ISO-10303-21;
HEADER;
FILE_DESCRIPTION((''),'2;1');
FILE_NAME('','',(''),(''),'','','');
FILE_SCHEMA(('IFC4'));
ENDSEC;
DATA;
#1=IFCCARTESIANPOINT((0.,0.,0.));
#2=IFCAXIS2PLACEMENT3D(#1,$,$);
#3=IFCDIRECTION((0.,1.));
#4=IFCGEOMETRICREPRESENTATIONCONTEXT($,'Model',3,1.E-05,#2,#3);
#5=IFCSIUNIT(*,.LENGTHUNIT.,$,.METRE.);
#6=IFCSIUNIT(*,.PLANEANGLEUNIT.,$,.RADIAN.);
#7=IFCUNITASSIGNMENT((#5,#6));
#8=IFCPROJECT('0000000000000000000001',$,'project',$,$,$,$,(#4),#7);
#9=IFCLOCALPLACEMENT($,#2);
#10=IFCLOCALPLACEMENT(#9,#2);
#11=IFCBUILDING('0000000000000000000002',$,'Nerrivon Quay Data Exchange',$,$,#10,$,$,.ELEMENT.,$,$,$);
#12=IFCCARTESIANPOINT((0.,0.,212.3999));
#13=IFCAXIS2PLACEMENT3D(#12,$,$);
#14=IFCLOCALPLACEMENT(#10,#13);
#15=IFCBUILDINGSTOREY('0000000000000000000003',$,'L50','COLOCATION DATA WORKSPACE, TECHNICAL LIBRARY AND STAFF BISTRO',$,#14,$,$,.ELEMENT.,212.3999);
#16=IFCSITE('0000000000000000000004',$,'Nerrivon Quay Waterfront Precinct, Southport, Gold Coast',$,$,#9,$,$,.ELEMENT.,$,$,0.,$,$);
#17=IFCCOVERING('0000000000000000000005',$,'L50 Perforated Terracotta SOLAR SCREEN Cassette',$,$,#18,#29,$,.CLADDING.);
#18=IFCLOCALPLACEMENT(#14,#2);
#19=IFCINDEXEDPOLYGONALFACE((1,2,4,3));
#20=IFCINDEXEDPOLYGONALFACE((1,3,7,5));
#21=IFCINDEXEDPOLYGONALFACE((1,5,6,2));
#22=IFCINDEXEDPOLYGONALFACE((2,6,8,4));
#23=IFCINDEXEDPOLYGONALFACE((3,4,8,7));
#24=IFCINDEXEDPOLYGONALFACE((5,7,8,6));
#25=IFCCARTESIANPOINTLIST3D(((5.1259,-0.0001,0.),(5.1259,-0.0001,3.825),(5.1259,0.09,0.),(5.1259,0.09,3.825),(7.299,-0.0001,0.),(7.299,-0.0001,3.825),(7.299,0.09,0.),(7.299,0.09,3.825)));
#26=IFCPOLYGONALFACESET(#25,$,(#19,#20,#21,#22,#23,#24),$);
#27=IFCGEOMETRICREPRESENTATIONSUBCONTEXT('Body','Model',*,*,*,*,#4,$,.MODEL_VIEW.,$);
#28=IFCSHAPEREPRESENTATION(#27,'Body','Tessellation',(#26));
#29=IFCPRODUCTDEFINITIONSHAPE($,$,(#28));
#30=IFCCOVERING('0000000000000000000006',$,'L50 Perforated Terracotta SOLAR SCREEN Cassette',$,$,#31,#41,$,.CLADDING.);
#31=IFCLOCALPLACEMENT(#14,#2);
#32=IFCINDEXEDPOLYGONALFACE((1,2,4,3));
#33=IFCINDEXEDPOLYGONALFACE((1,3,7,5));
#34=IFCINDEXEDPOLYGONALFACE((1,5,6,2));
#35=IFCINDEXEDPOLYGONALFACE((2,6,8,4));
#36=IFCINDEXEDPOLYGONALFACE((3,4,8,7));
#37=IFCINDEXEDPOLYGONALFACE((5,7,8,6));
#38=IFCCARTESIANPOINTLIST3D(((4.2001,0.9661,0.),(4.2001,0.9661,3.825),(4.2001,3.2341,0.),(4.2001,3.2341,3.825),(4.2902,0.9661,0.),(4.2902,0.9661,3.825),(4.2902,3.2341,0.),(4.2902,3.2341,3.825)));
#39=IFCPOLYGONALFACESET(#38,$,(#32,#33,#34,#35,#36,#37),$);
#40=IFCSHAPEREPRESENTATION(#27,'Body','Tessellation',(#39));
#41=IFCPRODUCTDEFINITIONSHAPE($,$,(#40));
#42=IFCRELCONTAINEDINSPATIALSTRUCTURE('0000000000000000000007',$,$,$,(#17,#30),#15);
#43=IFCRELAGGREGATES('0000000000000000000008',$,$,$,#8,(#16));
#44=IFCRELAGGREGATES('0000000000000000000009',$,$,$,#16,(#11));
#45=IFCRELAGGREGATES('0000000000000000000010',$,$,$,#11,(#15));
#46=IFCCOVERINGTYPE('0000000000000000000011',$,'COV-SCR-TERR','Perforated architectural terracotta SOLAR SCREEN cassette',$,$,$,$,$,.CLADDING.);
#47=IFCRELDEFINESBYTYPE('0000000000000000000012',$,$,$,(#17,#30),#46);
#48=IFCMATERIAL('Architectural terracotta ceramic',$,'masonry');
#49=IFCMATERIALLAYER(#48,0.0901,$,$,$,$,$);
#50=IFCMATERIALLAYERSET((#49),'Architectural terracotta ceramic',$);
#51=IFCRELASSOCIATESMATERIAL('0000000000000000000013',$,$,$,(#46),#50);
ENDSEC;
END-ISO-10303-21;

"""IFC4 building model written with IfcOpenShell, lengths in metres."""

from ifc_helpers import new_model, si_unit, direction, frame, origin, origin_2d, place, context, subcontext, project, spatial, rectangle, extrude, material, layer, layer_set, type_object, element, save


model = new_model("IFC4")

# Units and contexts
model_context = context("Model", 3, precision=1e-05, world=origin(), true_north=direction((0.0, 1.0)))
body_context = subcontext(model_context, "Body", "Model", "MODEL_VIEW")
ifc_project = project(units=[si_unit("LENGTHUNIT", "METRE"), si_unit("PLANEANGLEUNIT", "RADIAN")], contexts=[model_context])

# Site, building, storey
site_placement = place(None, origin())
site = spatial("IfcSite", under=ifc_project, at=site_placement, Name="Nerrivon Quay Waterfront Precinct, Southport, Gold Coast", CompositionType="ELEMENT", RefElevation=0.0)
building_placement = place(site_placement, origin())
building = spatial("IfcBuilding", under=site, at=building_placement, Name="Nerrivon Quay Data Exchange", CompositionType="ELEMENT")
storey_placement = place(building_placement, frame((0.0, 0.0, 212.3999)))
storey = spatial("IfcBuildingStorey", under=building, at=storey_placement, Name="L50", Description="COLOCATION DATA WORKSPACE, TECHNICAL LIBRARY AND STAFF BISTRO", CompositionType="ELEMENT", Elevation=212.3999)

# Coverings
ifc_material_1 = material(Name="Architectural terracotta ceramic", Category="masonry")
ifc_layer_1 = layer(ifc_material_1, 0.0901)
ifc_layer_set_1 = layer_set([ifc_layer_1], Name="Architectural terracotta ceramic")
covering_type = type_object("IfcCoveringType", Name="COV-SCR-TERR", Description="Perforated architectural terracotta SOLAR SCREEN cassette", PredefinedType="CLADDING", material=ifc_layer_set_1)
covering_1_placement = place(storey_placement, frame((6.2124, 0.0449, 0.0), z_axis=(0.0, 0.0, 1.0), x_axis=(-1.0, 0.0, 0.0)))
element("IfcCovering", 1, at=covering_1_placement, inside=storey, type_object=covering_type, Name="L50 Perforated Terracotta SOLAR SCREEN Cassette", PredefinedType="CLADDING", context=body_context, shape_type="SweptSolid", body=[
    extrude(rectangle(XDim=2.1731, YDim=0.0901, at=origin_2d()), origin(), (0.0, 0.0, 1.0), 3.825),
])
covering_2_placement = place(storey_placement, frame((4.2451, 2.1001, 0.0), z_axis=(0.0, 0.0, 1.0), x_axis=(0.0, 1.0, 0.0)))
element("IfcCovering", 2, at=covering_2_placement, inside=storey, type_object=covering_type, Name="L50 Perforated Terracotta SOLAR SCREEN Cassette", PredefinedType="CLADDING", context=body_context, shape_type="SweptSolid", body=[
    extrude(rectangle(XDim=2.2681, YDim=0.0901, at=origin_2d()), origin(), (0.0, 0.0, 1.0), 3.825),
])

save(model, "model.ifc")
